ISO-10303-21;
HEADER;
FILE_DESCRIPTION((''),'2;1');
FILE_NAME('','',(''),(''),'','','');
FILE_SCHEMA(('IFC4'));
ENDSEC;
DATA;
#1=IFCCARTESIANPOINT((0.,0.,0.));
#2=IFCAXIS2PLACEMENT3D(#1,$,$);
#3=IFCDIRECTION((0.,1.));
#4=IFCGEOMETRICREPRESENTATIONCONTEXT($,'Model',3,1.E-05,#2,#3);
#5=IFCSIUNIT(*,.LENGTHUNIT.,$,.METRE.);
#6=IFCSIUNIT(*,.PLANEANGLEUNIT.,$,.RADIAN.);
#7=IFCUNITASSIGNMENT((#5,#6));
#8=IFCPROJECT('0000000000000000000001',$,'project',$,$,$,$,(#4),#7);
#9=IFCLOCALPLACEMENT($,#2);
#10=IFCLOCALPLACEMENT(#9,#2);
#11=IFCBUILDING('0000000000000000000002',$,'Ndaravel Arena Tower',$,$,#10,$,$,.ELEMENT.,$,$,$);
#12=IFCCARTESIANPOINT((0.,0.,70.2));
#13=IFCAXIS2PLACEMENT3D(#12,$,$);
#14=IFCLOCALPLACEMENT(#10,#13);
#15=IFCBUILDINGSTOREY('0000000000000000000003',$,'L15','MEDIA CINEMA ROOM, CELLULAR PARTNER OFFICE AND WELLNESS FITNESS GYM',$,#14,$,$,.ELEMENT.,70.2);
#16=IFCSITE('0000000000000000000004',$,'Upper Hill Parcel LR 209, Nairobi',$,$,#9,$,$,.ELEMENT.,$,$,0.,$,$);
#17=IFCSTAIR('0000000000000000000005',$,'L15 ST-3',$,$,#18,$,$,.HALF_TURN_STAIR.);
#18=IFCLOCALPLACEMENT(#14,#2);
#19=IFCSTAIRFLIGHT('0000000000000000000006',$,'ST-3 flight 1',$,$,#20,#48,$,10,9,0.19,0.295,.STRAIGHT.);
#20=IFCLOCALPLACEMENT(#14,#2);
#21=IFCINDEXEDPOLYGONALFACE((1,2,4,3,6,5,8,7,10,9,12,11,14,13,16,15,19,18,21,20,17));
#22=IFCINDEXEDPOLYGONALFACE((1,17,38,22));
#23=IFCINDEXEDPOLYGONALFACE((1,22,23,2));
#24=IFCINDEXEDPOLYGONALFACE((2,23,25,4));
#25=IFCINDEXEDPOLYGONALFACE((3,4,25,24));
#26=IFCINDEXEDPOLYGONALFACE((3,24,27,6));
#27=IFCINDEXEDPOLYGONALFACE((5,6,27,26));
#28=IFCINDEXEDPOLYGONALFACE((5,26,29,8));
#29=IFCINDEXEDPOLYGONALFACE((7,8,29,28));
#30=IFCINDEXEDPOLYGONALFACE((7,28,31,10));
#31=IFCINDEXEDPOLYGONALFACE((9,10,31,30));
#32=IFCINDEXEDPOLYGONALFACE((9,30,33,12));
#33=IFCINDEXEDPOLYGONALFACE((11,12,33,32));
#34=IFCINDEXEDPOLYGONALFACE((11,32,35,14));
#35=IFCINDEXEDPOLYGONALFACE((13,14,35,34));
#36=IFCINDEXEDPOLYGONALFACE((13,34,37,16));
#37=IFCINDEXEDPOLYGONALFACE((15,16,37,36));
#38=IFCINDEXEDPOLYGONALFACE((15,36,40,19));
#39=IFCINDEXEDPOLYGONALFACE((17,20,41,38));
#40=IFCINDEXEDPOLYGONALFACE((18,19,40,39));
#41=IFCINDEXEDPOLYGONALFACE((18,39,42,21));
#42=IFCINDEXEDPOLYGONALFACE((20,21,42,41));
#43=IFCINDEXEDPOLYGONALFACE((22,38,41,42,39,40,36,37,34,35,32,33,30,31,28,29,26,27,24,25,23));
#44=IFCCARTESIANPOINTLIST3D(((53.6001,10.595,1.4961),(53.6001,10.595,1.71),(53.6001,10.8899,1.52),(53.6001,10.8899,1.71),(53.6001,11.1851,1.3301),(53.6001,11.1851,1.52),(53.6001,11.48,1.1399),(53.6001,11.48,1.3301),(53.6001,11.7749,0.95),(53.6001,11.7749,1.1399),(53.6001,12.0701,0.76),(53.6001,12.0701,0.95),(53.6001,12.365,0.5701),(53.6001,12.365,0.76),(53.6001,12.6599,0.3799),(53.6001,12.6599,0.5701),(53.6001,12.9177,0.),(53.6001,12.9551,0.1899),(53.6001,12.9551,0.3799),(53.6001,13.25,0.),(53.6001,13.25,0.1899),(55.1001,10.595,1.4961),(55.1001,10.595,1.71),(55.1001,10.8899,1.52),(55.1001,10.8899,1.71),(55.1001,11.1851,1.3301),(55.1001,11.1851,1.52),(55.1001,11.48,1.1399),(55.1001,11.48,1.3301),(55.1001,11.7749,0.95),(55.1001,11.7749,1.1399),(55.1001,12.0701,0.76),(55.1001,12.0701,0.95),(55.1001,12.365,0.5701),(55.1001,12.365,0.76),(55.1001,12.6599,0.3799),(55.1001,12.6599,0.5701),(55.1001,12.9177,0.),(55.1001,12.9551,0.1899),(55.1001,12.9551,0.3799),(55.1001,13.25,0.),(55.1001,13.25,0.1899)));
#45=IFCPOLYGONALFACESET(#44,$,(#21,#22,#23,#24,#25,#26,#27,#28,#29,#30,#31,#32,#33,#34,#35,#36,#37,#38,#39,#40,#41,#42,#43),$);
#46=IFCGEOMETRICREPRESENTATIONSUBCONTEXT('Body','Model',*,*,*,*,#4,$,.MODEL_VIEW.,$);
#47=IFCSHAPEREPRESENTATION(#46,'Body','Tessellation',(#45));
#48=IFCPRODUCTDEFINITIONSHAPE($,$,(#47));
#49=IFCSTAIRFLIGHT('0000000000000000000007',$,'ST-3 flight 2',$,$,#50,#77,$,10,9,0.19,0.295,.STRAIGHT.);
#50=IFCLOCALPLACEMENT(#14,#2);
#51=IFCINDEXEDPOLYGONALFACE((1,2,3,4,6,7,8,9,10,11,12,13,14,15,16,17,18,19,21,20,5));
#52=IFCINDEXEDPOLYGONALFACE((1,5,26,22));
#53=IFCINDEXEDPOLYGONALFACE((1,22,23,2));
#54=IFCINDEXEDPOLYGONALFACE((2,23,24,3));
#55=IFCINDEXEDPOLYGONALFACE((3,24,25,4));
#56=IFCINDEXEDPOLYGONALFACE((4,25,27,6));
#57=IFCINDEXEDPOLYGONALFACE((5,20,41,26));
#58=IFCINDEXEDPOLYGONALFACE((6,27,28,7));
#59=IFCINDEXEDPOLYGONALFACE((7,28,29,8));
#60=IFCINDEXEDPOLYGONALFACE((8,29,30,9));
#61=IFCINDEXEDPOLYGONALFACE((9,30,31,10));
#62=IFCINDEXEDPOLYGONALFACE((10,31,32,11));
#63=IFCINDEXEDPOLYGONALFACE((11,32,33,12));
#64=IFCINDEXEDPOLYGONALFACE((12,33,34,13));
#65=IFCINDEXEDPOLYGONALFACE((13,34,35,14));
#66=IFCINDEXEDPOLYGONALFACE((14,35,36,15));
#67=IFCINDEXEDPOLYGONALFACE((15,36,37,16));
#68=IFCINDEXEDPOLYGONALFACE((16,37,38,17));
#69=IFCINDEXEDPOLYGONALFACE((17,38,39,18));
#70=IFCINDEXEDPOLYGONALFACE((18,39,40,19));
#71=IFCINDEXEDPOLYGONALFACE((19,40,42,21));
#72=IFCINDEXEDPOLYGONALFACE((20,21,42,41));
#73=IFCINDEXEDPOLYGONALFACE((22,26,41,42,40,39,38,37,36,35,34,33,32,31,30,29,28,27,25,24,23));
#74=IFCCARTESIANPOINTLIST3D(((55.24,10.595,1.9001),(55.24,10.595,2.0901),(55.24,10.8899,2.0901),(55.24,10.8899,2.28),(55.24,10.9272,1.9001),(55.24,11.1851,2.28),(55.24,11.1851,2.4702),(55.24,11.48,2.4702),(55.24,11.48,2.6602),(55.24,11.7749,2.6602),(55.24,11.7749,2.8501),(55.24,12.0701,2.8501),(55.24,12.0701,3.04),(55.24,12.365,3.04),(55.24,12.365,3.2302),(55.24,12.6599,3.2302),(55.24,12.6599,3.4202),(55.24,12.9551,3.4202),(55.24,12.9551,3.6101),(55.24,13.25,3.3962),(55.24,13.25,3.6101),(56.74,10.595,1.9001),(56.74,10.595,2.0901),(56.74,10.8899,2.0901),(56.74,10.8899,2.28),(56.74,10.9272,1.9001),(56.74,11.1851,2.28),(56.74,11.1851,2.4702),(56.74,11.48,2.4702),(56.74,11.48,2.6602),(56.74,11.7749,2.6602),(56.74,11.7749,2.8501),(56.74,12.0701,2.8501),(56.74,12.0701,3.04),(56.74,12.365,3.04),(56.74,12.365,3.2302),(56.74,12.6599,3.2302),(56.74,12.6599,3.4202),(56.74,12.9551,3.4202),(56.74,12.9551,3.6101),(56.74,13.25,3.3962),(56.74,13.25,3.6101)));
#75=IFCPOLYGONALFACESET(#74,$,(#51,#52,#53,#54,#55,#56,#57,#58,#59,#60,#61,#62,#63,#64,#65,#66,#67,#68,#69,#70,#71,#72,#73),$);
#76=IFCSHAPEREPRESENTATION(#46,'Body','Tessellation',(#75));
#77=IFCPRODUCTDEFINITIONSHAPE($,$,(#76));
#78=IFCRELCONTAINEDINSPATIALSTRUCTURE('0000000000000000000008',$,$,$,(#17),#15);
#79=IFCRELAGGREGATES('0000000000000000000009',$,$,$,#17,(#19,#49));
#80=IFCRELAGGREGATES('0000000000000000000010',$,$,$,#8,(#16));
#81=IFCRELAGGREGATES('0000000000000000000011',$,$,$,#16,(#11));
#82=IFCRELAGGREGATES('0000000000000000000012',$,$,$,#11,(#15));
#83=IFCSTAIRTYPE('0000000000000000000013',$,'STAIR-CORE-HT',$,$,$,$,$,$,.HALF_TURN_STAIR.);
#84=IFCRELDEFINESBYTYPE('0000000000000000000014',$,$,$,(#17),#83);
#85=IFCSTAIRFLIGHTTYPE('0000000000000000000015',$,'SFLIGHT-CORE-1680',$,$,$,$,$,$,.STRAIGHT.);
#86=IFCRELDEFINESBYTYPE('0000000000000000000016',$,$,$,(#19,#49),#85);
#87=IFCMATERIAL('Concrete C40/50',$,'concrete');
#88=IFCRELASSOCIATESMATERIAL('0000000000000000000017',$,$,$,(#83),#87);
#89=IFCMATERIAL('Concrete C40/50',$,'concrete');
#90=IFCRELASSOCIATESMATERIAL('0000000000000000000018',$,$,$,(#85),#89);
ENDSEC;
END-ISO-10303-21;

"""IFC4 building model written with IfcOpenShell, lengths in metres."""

from ifc_helpers import new_model, si_unit, direction, frame, origin, place, context, subcontext, project, spatial, polyline, outline, extrude, material, type_object, element, aggregate, save


model = new_model("IFC4")

# Units and contexts
model_context = context("Model", 3, precision=1e-05, world=origin(), true_north=direction((0.0, 1.0)))
body_context = subcontext(model_context, "Body", "Model", "MODEL_VIEW")
ifc_project = project(units=[si_unit("LENGTHUNIT", "METRE"), si_unit("PLANEANGLEUNIT", "RADIAN")], contexts=[model_context])

# Site, building, storey
site_placement = place(None, origin())
site = spatial("IfcSite", under=ifc_project, at=site_placement, Name="Upper Hill Parcel LR 209, Nairobi", CompositionType="ELEMENT", RefElevation=0.0)
building_placement = place(site_placement, origin())
building = spatial("IfcBuilding", under=site, at=building_placement, Name="Ndaravel Arena Tower", CompositionType="ELEMENT")
storey_placement = place(building_placement, frame((0.0, 0.0, 70.2)))
storey = spatial("IfcBuildingStorey", under=building, at=storey_placement, Name="L15", Description="MEDIA CINEMA ROOM, CELLULAR PARTNER OFFICE AND WELLNESS FITNESS GYM", CompositionType="ELEMENT", Elevation=70.2)

# Stair, stair flights
ifc_material_1 = material(Name="Concrete C40/50", Category="concrete")
stair_type = type_object("IfcStairType", Name="STAIR-CORE-HT", PredefinedType="HALF_TURN_STAIR", material=ifc_material_1)
stair_placement = place(storey_placement, origin())
stair = element("IfcStair", 1, at=stair_placement, inside=storey, type_object=stair_type, Name="L15 ST-3", PredefinedType="HALF_TURN_STAIR")
ifc_material_2 = material(Name="Concrete C40/50", Category="concrete")
stair_flight_type = type_object("IfcStairFlightType", Name="SFLIGHT-CORE-1680", PredefinedType="STRAIGHT", material=ifc_material_2)
stair_flight_1_placement = place(storey_placement, frame((54.3501, 13.25, 0.0), z_axis=(0.0, 0.0, 1.0), x_axis=(0.0, -1.0, 0.0)))
stair_flight_1 = element("IfcStairFlight", 2, at=stair_flight_1_placement, type_object=stair_flight_type, Name="ST-3 flight 1", NumberOfRisers=10, NumberOfTreads=9, PredefinedType="STRAIGHT", RiserHeight=0.19, TreadLength=0.295, context=body_context, shape_type="SweptSolid", body=[
    extrude(outline(polyline([(0.0, 0.0), (0.0, 0.1899), (0.2949, 0.1899), (0.2949, 0.3799), (0.5901, 0.3799), (0.5901, 0.5701), (0.885, 0.5701), (0.885, 0.76), (1.1799, 0.76), (1.1799, 0.95), (1.4751, 0.95), (1.4751, 1.1399), (1.77, 1.1399), (1.77, 1.3301), (2.0649, 1.3301), (2.0649, 1.52), (2.3601, 1.52), (2.3601, 1.71), (2.655, 1.71), (2.655, 1.8999), (2.655, 1.4961), (0.3323, 0.0), (0.0, 0.0)])), frame((0.0, 0.75, 0.0), z_axis=(0.0, -1.0, 0.0), x_axis=(1.0, 0.0, 0.0)), (0.0, 0.0, 1.0), 1.5),
])
stair_flight_2_placement = place(storey_placement, frame((55.99, 10.595, 1.9001), z_axis=(0.0, 0.0, 1.0), x_axis=(0.0, 1.0, 0.0)))
stair_flight_2 = element("IfcStairFlight", 3, at=stair_flight_2_placement, type_object=stair_flight_type, Name="ST-3 flight 2", NumberOfRisers=10, NumberOfTreads=9, PredefinedType="STRAIGHT", RiserHeight=0.19, TreadLength=0.295, context=body_context, shape_type="SweptSolid", body=[
    extrude(outline(polyline([(0.0, 0.0), (0.0, 0.1899), (0.2949, 0.1899), (0.2949, 0.3799), (0.5901, 0.3799), (0.5901, 0.5701), (0.885, 0.5701), (0.885, 0.76), (1.1799, 0.76), (1.1799, 0.95), (1.4751, 0.95), (1.4751, 1.1399), (1.77, 1.1399), (1.77, 1.3301), (2.0649, 1.3301), (2.0649, 1.52), (2.3601, 1.52), (2.3601, 1.71), (2.655, 1.71), (2.655, 1.8999), (2.655, 1.4961), (0.3323, 0.0), (0.0, 0.0)])), frame((0.0, 0.75, 0.0), z_axis=(0.0, -1.0, 0.0), x_axis=(1.0, 0.0, 0.0)), (0.0, 0.0, 1.0), 1.5),
])
aggregate(stair, [stair_flight_1, stair_flight_2])

save(model, "model.ifc")
